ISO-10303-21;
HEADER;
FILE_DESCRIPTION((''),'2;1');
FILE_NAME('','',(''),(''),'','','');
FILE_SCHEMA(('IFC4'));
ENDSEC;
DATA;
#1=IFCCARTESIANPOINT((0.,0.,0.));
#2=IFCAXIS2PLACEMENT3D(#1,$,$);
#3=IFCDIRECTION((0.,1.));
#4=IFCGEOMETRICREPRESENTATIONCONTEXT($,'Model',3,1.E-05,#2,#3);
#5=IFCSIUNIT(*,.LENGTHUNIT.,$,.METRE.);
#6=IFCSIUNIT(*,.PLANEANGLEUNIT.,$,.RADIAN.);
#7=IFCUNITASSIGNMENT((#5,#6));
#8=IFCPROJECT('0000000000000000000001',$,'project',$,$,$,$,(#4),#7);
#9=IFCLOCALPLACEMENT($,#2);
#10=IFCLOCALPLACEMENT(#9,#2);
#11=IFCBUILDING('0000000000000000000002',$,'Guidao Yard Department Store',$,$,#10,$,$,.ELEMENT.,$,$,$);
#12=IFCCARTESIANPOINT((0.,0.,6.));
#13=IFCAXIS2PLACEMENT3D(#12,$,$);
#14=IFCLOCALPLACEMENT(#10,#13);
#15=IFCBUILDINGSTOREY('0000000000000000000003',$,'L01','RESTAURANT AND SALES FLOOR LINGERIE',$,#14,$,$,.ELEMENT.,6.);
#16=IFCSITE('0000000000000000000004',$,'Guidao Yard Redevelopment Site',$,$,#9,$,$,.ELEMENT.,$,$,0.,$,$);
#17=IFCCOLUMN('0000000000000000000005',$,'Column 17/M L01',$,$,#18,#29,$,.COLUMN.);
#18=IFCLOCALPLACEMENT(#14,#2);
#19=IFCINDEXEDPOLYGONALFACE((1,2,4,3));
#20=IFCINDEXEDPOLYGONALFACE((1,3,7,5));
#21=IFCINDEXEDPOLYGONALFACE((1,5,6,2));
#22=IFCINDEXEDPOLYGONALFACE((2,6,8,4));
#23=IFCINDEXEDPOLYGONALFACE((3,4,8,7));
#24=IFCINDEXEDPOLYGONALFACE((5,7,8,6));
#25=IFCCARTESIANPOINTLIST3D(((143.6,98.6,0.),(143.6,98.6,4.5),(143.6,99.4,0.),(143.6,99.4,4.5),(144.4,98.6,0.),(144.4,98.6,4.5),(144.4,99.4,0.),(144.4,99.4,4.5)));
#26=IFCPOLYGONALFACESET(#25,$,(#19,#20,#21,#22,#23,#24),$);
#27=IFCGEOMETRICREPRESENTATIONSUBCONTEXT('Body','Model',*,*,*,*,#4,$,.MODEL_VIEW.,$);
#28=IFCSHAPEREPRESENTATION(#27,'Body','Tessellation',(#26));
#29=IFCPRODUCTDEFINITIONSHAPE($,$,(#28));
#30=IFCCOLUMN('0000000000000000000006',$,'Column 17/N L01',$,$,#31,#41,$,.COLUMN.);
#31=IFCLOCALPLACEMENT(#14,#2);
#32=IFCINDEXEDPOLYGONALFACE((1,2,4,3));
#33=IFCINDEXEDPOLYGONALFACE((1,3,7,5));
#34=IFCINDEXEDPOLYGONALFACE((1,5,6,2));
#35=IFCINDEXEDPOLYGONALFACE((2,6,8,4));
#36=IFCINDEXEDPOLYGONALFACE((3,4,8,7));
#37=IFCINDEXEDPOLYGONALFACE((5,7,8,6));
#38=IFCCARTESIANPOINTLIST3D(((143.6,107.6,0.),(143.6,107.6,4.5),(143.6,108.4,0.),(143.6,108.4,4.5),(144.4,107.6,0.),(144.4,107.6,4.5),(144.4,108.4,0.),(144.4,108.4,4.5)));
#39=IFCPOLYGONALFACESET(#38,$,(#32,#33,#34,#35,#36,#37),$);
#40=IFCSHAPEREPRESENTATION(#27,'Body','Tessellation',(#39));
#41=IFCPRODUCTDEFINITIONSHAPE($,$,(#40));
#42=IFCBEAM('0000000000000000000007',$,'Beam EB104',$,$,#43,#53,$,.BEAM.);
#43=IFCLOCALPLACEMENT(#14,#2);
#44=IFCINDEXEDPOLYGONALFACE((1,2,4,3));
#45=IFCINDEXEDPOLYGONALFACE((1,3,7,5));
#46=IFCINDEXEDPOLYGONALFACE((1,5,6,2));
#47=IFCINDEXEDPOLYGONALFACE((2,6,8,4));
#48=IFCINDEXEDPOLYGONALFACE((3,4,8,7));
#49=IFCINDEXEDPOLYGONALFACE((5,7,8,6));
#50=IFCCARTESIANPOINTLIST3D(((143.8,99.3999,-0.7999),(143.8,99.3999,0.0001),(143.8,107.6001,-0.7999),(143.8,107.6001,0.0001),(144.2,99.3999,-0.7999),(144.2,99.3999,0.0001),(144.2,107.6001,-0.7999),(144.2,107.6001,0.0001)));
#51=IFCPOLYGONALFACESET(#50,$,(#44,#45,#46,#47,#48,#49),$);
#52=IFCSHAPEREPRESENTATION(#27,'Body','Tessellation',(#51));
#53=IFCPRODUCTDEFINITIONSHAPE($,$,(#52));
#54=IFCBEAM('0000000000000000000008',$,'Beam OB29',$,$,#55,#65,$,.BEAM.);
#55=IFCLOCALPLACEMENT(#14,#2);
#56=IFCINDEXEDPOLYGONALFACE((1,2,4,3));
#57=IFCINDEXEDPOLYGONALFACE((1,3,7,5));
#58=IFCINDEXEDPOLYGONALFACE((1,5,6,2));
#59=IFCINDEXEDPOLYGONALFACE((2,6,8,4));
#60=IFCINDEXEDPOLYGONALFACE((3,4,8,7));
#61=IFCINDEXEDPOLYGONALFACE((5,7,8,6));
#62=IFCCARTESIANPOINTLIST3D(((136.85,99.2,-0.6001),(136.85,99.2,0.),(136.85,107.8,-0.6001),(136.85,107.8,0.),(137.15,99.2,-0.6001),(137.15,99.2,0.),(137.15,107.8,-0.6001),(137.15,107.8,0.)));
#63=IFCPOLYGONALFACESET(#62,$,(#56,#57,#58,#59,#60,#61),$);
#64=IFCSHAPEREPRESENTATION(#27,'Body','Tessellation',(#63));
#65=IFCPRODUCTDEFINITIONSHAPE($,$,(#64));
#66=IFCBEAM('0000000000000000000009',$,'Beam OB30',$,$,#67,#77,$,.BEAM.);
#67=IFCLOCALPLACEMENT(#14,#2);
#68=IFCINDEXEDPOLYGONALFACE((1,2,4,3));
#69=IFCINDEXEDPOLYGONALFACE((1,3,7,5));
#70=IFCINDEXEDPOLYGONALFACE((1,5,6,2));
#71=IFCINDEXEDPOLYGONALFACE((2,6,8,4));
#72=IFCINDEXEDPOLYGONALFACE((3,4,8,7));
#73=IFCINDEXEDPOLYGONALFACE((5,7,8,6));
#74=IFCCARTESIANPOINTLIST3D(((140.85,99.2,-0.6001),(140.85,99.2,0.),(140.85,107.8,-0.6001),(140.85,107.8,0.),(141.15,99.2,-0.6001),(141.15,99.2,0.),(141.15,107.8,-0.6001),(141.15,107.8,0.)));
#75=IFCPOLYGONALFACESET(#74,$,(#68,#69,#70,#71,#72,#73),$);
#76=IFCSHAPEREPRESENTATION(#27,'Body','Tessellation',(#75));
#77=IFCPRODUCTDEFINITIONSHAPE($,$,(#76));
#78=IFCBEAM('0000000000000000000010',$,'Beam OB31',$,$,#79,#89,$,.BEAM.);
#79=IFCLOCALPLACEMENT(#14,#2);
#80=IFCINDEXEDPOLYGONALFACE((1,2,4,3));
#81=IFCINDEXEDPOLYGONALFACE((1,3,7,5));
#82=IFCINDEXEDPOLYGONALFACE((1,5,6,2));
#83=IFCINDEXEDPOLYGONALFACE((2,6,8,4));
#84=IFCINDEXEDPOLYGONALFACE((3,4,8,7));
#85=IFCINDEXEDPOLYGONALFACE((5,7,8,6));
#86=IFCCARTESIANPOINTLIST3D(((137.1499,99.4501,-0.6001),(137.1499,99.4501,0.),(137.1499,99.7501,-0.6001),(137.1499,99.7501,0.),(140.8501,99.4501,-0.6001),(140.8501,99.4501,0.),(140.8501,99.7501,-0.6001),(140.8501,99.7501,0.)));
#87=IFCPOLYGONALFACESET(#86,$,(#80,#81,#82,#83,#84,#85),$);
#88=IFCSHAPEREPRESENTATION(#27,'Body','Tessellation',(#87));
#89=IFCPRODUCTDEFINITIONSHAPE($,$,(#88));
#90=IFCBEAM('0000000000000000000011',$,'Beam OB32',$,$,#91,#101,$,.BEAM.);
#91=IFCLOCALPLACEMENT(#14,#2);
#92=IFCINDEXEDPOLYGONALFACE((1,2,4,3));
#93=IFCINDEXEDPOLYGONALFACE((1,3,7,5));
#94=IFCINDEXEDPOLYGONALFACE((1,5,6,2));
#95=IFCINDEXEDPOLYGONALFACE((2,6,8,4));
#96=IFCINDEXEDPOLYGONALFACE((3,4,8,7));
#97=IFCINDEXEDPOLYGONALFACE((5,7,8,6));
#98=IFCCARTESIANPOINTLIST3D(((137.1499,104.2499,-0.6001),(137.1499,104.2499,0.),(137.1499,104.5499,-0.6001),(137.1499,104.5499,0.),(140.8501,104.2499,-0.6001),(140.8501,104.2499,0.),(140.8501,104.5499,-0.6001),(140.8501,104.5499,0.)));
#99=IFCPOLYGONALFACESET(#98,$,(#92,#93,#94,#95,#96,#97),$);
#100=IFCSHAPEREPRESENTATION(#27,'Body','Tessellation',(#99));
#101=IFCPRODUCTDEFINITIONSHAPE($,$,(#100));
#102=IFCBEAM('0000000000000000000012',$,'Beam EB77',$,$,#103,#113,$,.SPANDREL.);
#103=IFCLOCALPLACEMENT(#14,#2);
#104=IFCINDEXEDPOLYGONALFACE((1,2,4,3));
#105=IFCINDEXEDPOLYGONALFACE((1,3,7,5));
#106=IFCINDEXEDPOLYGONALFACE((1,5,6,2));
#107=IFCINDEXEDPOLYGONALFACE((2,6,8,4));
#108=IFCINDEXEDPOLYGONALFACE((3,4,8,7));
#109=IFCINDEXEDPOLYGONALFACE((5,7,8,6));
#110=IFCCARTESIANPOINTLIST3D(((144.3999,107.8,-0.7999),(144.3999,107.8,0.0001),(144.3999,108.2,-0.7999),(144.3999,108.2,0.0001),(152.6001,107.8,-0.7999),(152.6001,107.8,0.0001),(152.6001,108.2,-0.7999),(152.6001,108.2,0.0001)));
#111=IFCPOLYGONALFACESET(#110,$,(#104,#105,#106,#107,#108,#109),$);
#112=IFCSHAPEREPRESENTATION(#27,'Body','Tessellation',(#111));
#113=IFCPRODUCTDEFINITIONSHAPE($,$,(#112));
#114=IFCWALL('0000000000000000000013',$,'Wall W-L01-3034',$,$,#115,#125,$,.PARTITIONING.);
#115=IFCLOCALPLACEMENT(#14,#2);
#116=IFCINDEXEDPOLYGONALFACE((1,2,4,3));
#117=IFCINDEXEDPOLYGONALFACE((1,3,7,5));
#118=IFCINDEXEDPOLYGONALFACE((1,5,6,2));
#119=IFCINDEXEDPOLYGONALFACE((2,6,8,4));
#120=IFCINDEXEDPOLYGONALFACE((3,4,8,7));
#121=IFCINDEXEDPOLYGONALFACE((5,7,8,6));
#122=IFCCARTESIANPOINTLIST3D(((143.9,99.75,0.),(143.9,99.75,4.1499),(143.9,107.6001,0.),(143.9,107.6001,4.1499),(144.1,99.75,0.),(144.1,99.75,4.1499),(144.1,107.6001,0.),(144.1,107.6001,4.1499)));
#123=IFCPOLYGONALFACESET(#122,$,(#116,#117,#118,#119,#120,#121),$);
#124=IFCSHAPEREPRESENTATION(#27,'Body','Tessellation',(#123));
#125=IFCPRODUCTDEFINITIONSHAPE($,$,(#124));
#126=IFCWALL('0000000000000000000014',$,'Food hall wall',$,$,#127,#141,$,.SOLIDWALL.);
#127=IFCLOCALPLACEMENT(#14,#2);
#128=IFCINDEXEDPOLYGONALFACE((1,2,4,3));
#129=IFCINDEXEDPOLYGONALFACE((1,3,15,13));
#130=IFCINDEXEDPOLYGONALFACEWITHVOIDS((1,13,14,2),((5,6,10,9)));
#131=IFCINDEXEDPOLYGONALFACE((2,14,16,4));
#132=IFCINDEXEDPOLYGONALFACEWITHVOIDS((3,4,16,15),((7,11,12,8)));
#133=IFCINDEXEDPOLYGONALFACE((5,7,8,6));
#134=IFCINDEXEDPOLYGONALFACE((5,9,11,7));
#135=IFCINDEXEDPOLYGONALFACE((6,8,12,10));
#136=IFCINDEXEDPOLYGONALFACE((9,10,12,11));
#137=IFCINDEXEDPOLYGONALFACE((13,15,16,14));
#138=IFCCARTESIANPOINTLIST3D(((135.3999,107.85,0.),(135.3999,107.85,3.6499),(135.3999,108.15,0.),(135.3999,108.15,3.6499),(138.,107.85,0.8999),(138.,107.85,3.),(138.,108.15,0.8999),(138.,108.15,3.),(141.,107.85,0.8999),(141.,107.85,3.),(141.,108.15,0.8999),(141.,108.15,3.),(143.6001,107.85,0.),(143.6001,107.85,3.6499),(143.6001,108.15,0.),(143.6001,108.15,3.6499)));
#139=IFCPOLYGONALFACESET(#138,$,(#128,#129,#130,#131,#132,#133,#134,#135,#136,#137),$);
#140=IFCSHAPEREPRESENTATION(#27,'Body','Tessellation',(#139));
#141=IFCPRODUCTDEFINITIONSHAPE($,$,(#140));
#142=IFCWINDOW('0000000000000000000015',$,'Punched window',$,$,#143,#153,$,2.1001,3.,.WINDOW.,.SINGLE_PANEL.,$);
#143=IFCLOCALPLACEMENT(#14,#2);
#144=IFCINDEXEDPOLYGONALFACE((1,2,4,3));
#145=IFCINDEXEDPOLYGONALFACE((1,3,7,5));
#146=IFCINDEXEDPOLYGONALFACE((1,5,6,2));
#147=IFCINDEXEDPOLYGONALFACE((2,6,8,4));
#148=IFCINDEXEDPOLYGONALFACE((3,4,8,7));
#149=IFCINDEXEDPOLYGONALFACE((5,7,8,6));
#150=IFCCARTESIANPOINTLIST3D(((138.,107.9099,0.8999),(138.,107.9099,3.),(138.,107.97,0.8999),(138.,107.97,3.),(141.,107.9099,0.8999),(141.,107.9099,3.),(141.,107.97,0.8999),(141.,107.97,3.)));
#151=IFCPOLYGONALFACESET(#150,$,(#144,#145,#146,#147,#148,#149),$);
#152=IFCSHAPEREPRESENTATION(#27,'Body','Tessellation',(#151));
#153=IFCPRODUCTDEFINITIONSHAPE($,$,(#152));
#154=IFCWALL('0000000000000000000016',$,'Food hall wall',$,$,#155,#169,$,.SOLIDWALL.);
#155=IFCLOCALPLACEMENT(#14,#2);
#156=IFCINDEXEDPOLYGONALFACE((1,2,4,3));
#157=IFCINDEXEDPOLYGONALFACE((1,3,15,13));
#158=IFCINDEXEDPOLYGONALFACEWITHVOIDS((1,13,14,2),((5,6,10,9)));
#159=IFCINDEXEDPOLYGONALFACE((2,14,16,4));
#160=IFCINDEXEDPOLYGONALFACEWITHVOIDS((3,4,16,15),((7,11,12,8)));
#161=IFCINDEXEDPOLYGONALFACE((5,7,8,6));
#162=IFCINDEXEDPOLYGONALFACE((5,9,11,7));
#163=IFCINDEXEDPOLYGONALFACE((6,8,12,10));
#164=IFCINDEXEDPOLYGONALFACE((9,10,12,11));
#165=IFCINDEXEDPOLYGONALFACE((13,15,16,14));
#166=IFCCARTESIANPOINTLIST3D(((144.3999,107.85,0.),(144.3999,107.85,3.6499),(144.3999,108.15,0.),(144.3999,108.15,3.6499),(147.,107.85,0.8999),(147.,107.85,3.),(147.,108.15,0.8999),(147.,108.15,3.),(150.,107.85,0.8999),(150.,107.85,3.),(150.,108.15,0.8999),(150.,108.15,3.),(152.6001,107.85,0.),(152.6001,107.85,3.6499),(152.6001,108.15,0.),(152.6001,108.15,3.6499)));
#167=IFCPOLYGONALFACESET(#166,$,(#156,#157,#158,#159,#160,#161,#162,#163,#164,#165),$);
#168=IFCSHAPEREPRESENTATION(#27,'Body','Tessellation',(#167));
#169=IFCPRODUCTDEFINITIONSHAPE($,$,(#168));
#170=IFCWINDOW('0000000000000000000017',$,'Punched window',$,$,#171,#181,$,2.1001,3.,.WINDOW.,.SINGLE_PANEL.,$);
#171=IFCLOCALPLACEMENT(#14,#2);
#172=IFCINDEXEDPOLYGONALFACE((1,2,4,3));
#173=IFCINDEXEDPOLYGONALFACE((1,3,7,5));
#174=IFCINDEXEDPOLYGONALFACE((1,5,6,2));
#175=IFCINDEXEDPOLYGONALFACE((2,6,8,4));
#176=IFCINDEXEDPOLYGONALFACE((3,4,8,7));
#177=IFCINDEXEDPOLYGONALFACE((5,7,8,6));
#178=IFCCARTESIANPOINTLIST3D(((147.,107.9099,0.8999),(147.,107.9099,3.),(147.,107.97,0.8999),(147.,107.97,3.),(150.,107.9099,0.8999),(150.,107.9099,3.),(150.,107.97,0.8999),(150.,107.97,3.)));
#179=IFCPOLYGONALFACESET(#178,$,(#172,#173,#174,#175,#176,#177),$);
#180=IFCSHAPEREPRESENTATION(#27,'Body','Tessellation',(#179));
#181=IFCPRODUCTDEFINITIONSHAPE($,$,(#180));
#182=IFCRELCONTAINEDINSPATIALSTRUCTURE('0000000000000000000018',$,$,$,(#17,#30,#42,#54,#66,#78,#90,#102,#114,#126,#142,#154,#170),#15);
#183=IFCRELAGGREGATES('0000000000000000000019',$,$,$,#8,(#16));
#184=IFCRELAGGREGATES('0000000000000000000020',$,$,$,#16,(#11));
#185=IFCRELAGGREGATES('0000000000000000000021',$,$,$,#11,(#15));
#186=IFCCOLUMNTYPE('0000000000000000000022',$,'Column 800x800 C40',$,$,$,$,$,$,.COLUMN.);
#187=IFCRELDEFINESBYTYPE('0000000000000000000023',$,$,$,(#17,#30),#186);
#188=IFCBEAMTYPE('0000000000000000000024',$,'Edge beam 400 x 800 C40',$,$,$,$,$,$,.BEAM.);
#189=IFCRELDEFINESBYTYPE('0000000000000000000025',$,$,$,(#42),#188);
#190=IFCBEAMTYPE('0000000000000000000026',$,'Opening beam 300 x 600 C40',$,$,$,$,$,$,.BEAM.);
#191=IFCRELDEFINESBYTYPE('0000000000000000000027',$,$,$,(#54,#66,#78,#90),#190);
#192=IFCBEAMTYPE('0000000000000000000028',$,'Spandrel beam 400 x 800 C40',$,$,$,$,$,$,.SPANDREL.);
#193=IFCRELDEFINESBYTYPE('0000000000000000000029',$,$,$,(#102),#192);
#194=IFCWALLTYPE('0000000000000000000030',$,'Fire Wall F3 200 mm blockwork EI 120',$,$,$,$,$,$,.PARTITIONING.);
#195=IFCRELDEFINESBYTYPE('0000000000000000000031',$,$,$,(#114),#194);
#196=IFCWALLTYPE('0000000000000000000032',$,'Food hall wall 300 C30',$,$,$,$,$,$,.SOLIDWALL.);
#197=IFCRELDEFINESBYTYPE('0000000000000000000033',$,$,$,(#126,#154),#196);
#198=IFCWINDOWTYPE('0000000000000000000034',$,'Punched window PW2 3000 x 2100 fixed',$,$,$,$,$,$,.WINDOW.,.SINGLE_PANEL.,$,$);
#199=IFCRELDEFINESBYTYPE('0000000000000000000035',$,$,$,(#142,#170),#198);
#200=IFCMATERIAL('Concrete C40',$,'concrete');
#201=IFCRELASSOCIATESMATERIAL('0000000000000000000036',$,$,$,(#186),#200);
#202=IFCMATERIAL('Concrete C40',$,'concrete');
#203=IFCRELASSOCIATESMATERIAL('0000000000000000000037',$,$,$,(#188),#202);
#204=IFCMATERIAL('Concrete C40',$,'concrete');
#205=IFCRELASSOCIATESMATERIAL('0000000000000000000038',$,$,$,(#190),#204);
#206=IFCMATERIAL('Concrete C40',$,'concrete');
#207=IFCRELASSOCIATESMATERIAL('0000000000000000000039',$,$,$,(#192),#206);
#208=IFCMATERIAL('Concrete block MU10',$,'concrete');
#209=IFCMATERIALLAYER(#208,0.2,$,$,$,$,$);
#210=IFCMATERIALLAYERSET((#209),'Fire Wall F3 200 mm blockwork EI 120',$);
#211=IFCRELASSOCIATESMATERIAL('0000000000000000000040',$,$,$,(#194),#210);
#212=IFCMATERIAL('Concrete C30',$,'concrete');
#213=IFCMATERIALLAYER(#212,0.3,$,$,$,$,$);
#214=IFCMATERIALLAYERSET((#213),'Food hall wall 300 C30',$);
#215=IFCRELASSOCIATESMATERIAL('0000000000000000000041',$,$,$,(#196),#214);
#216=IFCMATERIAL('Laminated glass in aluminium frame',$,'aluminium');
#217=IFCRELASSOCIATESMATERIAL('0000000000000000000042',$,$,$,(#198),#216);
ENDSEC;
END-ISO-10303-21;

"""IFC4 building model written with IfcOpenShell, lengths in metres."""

from ifc_helpers import new_model, si_unit, direction, frame, frame_2d, origin, origin_2d, place, context, subcontext, project, spatial, rectangle, extrude, material, layer, layer_set, material_profile, profile_set, type_object, element, fill, save


model = new_model("IFC4")

# Units and contexts
model_context = context("Model", 3, precision=1e-05, world=origin(), true_north=direction((0.0, 1.0)))
body_context = subcontext(model_context, "Body", "Model", "MODEL_VIEW")
ifc_project = project(units=[si_unit("LENGTHUNIT", "METRE"), si_unit("PLANEANGLEUNIT", "RADIAN")], contexts=[model_context])

# Site, building, storey
site_placement = place(None, origin())
site = spatial("IfcSite", under=ifc_project, at=site_placement, Name="Guidao Yard Redevelopment Site", CompositionType="ELEMENT", RefElevation=0.0)
building_placement = place(site_placement, origin())
building = spatial("IfcBuilding", under=site, at=building_placement, Name="Guidao Yard Department Store", CompositionType="ELEMENT")
storey_placement = place(building_placement, frame((0.0, 0.0, 6.0)))
storey = spatial("IfcBuildingStorey", under=building, at=storey_placement, Name="L01", Description="RESTAURANT AND SALES FLOOR LINGERIE", CompositionType="ELEMENT", Elevation=6.0)

# Columns
ifc_material_1 = material(Name="Concrete C40", Category="concrete")
ifc_material_profile_1 = material_profile(ifc_material_1, rectangle(XDim=0.8, YDim=0.8, at=origin_2d()), Name="COL 800x800")
ifc_profile_set_1 = profile_set([ifc_material_profile_1], Name="Concrete C40")
column_type = type_object("IfcColumnType", Name="Column 800x800 C40", PredefinedType="COLUMN", material=ifc_profile_set_1)
for number, where, z_axis, x_axis, name in (
    (1, (144.0, 99.0, 0.0), (0.0, 0.0, 1.0), (1.0, 0.0, 0.0), "Column 17/M L01"),
    (2, (144.0, 108.0, 0.0), (0.0, 0.0, 1.0), (1.0, 0.0, 0.0), "Column 17/N L01"),
):
    element("IfcColumn", number, at=place(storey_placement, frame(where, z_axis=z_axis, x_axis=x_axis)), inside=storey, type_object=column_type, Name=name, PredefinedType="COLUMN", context=body_context, shape_type="SweptSolid", body=[
        extrude(rectangle(XDim=0.8, YDim=0.8, at=origin_2d()), origin(), (0.0, 0.0, 1.0), 4.5),
    ])

# Beams
ifc_material_2 = material(Name="Concrete C40", Category="concrete")
ifc_material_profile_2 = material_profile(ifc_material_2, rectangle(XDim=0.3999, YDim=0.8, at=origin_2d()), Name="Edge beam 400 x 800 C40")
ifc_profile_set_2 = profile_set([ifc_material_profile_2], Name="Concrete C40")
beam_type_1 = type_object("IfcBeamType", Name="Edge beam 400 x 800 C40", PredefinedType="BEAM", material=ifc_profile_set_2)
beam_1_placement = place(storey_placement, frame((144.0, 99.3999, -0.3999), z_axis=(0.0, 1.0, 0.0), x_axis=(-1.0, 0.0, 0.0)))
element("IfcBeam", 3, at=beam_1_placement, inside=storey, type_object=beam_type_1, Name="Beam EB104", PredefinedType="BEAM", context=body_context, shape_type="SweptSolid", body=[
    extrude(rectangle(XDim=0.3999, YDim=0.8, at=origin_2d()), origin(), (0.0, 0.0, 1.0), 8.2002),
])
ifc_material_3 = material(Name="Concrete C40", Category="concrete")
ifc_material_profile_3 = material_profile(ifc_material_3, rectangle(XDim=0.3, YDim=0.6001, at=origin_2d()), Name="Opening beam 300 x 600 C40")
ifc_profile_set_3 = profile_set([ifc_material_profile_3], Name="Concrete C40")
beam_type_2 = type_object("IfcBeamType", Name="Opening beam 300 x 600 C40", PredefinedType="BEAM", material=ifc_profile_set_3)
for number, where, z_axis, x_axis, name in (
    (4, (137.0, 99.2, -0.3), (0.0, 1.0, 0.0), (-1.0, 0.0, 0.0), "Beam OB29"),
    (5, (141.0, 99.2, -0.3), (0.0, 1.0, 0.0), (-1.0, 0.0, 0.0), "Beam OB30"),
):
    element("IfcBeam", number, at=place(storey_placement, frame(where, z_axis=z_axis, x_axis=x_axis)), inside=storey, type_object=beam_type_2, Name=name, PredefinedType="BEAM", context=body_context, shape_type="SweptSolid", body=[
        extrude(rectangle(XDim=0.3, YDim=0.6001, at=origin_2d()), origin(), (0.0, 0.0, 1.0), 8.6001),
    ])
for number, where, z_axis, x_axis, name in (
    (6, (137.1499, 99.6001, -0.3), (1.0, 0.0, 0.0), (0.0, 1.0, 0.0), "Beam OB31"),
    (7, (137.1499, 104.3999, -0.3), (1.0, 0.0, 0.0), (0.0, 1.0, 0.0), "Beam OB32"),
):
    element("IfcBeam", number, at=place(storey_placement, frame(where, z_axis=z_axis, x_axis=x_axis)), inside=storey, type_object=beam_type_2, Name=name, PredefinedType="BEAM", context=body_context, shape_type="SweptSolid", body=[
        extrude(rectangle(XDim=0.3, YDim=0.6001, at=origin_2d()), origin(), (0.0, 0.0, 1.0), 3.7002),
    ])
ifc_material_4 = material(Name="Concrete C40", Category="concrete")
ifc_material_profile_4 = material_profile(ifc_material_4, rectangle(XDim=0.3999, YDim=0.8, at=origin_2d()), Name="Spandrel beam 400 x 800 C40")
ifc_profile_set_4 = profile_set([ifc_material_profile_4], Name="Concrete C40")
beam_type_3 = type_object("IfcBeamType", Name="Spandrel beam 400 x 800 C40", PredefinedType="SPANDREL", material=ifc_profile_set_4)
beam_2_placement = place(storey_placement, frame((144.3999, 108.0, -0.3999), z_axis=(1.0, 0.0, 0.0), x_axis=(0.0, 1.0, 0.0)))
element("IfcBeam", 8, at=beam_2_placement, inside=storey, type_object=beam_type_3, Name="Beam EB77", PredefinedType="SPANDREL", context=body_context, shape_type="SweptSolid", body=[
    extrude(rectangle(XDim=0.3999, YDim=0.8, at=origin_2d()), origin(), (0.0, 0.0, 1.0), 8.2002),
])

# Shared definitions
ifc_material_5 = material(Name="Concrete block MU10", Category="concrete")
ifc_layer_1 = layer(ifc_material_5, 0.2)
ifc_layer_set_1 = layer_set([ifc_layer_1], Name="Fire Wall F3 200 mm blockwork EI 120")
wall_type_1 = type_object("IfcWallType", Name="Fire Wall F3 200 mm blockwork EI 120", PredefinedType="PARTITIONING", material=ifc_layer_set_1)

# Wall
wall_1_placement = place(storey_placement, frame((144.0, 99.75, 0.0), z_axis=(0.0, 0.0, 1.0), x_axis=(0.0, 1.0, 0.0)))
element("IfcWall", 9, at=wall_1_placement, inside=storey, type_object=wall_type_1, Name="Wall W-L01-3034", PredefinedType="PARTITIONING", context=body_context, shape_type="SweptSolid", body=[
    extrude(rectangle(XDim=7.8501, YDim=0.2, at=frame_2d((3.925, 0.0))), origin(), (0.0, 0.0, 1.0), 4.1499),
])

# Walls, openings, windows
ifc_material_6 = material(Name="Concrete C30", Category="concrete")
ifc_layer_2 = layer(ifc_material_6, 0.3)
ifc_layer_set_2 = layer_set([ifc_layer_2], Name="Food hall wall 300 C30")
wall_type_2 = type_object("IfcWallType", Name="Food hall wall 300 C30", PredefinedType="SOLIDWALL", material=ifc_layer_set_2)
wall_2_placement = place(storey_placement, frame((135.3999, 108.0, 0.0), z_axis=(0.0, 0.0, 1.0), x_axis=(1.0, 0.0, 0.0)))
wall_2 = element("IfcWall", 10, at=wall_2_placement, inside=storey, type_object=wall_type_2, Name="Food hall wall", PredefinedType="SOLIDWALL", context=body_context, shape_type="SweptSolid", body=[
    extrude(rectangle(XDim=8.2002, YDim=0.3, at=frame_2d((4.1001, 0.0))), origin(), (0.0, 0.0, 1.0), 3.6499),
])
opening_1_placement = place(wall_2_placement, frame((2.6001, 0.0, 0.8999)))
opening_1 = element("IfcOpeningElement", 11, at=opening_1_placement, cuts=wall_2, PredefinedType="OPENING", context=body_context, shape_type="SweptSolid", body=[
    extrude(rectangle(XDim=3.0, YDim=2.1001, at=frame_2d((1.5, 1.05))), frame((0.0, 0.1599, 0.0), z_axis=(0.0, -1.0, 0.0), x_axis=(1.0, 0.0, 0.0)), (0.0, 0.0, 1.0), 0.3201),
])
ifc_material_7 = material(Name="Laminated glass in aluminium frame", Category="aluminium")
window_type = type_object("IfcWindowType", Name="Punched window PW2 3000 x 2100 fixed", PartitioningType="SINGLE_PANEL", PredefinedType="WINDOW", material=ifc_material_7)
window_1_placement = place(opening_1_placement, origin())
window_1 = element("IfcWindow", 12, at=window_1_placement, inside=storey, type_object=window_type, Name="Punched window", OverallHeight=2.1001, OverallWidth=3.0, PartitioningType="SINGLE_PANEL", PredefinedType="WINDOW", context=body_context, shape_type="SweptSolid", body=[
    extrude(rectangle(XDim=3.0, YDim=2.1001, at=frame_2d((1.5, 1.05))), frame((0.0, -0.03, 0.0), z_axis=(0.0, -1.0, 0.0), x_axis=(1.0, 0.0, 0.0)), (0.0, 0.0, 1.0), 0.0601),
])
fill(opening_1, window_1)
wall_3_placement = place(storey_placement, frame((144.3999, 108.0, 0.0), z_axis=(0.0, 0.0, 1.0), x_axis=(1.0, 0.0, 0.0)))
wall_3 = element("IfcWall", 13, at=wall_3_placement, inside=storey, type_object=wall_type_2, Name="Food hall wall", PredefinedType="SOLIDWALL", context=body_context, shape_type="SweptSolid", body=[
    extrude(rectangle(XDim=8.2002, YDim=0.3, at=frame_2d((4.1001, 0.0))), origin(), (0.0, 0.0, 1.0), 3.6499),
])
opening_2_placement = place(wall_3_placement, frame((2.6001, 0.0, 0.8999)))
opening_2 = element("IfcOpeningElement", 14, at=opening_2_placement, cuts=wall_3, PredefinedType="OPENING", context=body_context, shape_type="SweptSolid", body=[
    extrude(rectangle(XDim=3.0, YDim=2.1001, at=frame_2d((1.5, 1.05))), frame((0.0, 0.1599, 0.0), z_axis=(0.0, -1.0, 0.0), x_axis=(1.0, 0.0, 0.0)), (0.0, 0.0, 1.0), 0.3201),
])
window_2_placement = place(opening_2_placement, origin())
window_2 = element("IfcWindow", 15, at=window_2_placement, inside=storey, type_object=window_type, Name="Punched window", OverallHeight=2.1001, OverallWidth=3.0, PartitioningType="SINGLE_PANEL", PredefinedType="WINDOW", context=body_context, shape_type="SweptSolid", body=[
    extrude(rectangle(XDim=3.0, YDim=2.1001, at=frame_2d((1.5, 1.05))), frame((0.0, -0.03, 0.0), z_axis=(0.0, -1.0, 0.0), x_axis=(1.0, 0.0, 0.0)), (0.0, 0.0, 1.0), 0.0601),
])
fill(opening_2, window_2)

save(model, "model.ifc")
